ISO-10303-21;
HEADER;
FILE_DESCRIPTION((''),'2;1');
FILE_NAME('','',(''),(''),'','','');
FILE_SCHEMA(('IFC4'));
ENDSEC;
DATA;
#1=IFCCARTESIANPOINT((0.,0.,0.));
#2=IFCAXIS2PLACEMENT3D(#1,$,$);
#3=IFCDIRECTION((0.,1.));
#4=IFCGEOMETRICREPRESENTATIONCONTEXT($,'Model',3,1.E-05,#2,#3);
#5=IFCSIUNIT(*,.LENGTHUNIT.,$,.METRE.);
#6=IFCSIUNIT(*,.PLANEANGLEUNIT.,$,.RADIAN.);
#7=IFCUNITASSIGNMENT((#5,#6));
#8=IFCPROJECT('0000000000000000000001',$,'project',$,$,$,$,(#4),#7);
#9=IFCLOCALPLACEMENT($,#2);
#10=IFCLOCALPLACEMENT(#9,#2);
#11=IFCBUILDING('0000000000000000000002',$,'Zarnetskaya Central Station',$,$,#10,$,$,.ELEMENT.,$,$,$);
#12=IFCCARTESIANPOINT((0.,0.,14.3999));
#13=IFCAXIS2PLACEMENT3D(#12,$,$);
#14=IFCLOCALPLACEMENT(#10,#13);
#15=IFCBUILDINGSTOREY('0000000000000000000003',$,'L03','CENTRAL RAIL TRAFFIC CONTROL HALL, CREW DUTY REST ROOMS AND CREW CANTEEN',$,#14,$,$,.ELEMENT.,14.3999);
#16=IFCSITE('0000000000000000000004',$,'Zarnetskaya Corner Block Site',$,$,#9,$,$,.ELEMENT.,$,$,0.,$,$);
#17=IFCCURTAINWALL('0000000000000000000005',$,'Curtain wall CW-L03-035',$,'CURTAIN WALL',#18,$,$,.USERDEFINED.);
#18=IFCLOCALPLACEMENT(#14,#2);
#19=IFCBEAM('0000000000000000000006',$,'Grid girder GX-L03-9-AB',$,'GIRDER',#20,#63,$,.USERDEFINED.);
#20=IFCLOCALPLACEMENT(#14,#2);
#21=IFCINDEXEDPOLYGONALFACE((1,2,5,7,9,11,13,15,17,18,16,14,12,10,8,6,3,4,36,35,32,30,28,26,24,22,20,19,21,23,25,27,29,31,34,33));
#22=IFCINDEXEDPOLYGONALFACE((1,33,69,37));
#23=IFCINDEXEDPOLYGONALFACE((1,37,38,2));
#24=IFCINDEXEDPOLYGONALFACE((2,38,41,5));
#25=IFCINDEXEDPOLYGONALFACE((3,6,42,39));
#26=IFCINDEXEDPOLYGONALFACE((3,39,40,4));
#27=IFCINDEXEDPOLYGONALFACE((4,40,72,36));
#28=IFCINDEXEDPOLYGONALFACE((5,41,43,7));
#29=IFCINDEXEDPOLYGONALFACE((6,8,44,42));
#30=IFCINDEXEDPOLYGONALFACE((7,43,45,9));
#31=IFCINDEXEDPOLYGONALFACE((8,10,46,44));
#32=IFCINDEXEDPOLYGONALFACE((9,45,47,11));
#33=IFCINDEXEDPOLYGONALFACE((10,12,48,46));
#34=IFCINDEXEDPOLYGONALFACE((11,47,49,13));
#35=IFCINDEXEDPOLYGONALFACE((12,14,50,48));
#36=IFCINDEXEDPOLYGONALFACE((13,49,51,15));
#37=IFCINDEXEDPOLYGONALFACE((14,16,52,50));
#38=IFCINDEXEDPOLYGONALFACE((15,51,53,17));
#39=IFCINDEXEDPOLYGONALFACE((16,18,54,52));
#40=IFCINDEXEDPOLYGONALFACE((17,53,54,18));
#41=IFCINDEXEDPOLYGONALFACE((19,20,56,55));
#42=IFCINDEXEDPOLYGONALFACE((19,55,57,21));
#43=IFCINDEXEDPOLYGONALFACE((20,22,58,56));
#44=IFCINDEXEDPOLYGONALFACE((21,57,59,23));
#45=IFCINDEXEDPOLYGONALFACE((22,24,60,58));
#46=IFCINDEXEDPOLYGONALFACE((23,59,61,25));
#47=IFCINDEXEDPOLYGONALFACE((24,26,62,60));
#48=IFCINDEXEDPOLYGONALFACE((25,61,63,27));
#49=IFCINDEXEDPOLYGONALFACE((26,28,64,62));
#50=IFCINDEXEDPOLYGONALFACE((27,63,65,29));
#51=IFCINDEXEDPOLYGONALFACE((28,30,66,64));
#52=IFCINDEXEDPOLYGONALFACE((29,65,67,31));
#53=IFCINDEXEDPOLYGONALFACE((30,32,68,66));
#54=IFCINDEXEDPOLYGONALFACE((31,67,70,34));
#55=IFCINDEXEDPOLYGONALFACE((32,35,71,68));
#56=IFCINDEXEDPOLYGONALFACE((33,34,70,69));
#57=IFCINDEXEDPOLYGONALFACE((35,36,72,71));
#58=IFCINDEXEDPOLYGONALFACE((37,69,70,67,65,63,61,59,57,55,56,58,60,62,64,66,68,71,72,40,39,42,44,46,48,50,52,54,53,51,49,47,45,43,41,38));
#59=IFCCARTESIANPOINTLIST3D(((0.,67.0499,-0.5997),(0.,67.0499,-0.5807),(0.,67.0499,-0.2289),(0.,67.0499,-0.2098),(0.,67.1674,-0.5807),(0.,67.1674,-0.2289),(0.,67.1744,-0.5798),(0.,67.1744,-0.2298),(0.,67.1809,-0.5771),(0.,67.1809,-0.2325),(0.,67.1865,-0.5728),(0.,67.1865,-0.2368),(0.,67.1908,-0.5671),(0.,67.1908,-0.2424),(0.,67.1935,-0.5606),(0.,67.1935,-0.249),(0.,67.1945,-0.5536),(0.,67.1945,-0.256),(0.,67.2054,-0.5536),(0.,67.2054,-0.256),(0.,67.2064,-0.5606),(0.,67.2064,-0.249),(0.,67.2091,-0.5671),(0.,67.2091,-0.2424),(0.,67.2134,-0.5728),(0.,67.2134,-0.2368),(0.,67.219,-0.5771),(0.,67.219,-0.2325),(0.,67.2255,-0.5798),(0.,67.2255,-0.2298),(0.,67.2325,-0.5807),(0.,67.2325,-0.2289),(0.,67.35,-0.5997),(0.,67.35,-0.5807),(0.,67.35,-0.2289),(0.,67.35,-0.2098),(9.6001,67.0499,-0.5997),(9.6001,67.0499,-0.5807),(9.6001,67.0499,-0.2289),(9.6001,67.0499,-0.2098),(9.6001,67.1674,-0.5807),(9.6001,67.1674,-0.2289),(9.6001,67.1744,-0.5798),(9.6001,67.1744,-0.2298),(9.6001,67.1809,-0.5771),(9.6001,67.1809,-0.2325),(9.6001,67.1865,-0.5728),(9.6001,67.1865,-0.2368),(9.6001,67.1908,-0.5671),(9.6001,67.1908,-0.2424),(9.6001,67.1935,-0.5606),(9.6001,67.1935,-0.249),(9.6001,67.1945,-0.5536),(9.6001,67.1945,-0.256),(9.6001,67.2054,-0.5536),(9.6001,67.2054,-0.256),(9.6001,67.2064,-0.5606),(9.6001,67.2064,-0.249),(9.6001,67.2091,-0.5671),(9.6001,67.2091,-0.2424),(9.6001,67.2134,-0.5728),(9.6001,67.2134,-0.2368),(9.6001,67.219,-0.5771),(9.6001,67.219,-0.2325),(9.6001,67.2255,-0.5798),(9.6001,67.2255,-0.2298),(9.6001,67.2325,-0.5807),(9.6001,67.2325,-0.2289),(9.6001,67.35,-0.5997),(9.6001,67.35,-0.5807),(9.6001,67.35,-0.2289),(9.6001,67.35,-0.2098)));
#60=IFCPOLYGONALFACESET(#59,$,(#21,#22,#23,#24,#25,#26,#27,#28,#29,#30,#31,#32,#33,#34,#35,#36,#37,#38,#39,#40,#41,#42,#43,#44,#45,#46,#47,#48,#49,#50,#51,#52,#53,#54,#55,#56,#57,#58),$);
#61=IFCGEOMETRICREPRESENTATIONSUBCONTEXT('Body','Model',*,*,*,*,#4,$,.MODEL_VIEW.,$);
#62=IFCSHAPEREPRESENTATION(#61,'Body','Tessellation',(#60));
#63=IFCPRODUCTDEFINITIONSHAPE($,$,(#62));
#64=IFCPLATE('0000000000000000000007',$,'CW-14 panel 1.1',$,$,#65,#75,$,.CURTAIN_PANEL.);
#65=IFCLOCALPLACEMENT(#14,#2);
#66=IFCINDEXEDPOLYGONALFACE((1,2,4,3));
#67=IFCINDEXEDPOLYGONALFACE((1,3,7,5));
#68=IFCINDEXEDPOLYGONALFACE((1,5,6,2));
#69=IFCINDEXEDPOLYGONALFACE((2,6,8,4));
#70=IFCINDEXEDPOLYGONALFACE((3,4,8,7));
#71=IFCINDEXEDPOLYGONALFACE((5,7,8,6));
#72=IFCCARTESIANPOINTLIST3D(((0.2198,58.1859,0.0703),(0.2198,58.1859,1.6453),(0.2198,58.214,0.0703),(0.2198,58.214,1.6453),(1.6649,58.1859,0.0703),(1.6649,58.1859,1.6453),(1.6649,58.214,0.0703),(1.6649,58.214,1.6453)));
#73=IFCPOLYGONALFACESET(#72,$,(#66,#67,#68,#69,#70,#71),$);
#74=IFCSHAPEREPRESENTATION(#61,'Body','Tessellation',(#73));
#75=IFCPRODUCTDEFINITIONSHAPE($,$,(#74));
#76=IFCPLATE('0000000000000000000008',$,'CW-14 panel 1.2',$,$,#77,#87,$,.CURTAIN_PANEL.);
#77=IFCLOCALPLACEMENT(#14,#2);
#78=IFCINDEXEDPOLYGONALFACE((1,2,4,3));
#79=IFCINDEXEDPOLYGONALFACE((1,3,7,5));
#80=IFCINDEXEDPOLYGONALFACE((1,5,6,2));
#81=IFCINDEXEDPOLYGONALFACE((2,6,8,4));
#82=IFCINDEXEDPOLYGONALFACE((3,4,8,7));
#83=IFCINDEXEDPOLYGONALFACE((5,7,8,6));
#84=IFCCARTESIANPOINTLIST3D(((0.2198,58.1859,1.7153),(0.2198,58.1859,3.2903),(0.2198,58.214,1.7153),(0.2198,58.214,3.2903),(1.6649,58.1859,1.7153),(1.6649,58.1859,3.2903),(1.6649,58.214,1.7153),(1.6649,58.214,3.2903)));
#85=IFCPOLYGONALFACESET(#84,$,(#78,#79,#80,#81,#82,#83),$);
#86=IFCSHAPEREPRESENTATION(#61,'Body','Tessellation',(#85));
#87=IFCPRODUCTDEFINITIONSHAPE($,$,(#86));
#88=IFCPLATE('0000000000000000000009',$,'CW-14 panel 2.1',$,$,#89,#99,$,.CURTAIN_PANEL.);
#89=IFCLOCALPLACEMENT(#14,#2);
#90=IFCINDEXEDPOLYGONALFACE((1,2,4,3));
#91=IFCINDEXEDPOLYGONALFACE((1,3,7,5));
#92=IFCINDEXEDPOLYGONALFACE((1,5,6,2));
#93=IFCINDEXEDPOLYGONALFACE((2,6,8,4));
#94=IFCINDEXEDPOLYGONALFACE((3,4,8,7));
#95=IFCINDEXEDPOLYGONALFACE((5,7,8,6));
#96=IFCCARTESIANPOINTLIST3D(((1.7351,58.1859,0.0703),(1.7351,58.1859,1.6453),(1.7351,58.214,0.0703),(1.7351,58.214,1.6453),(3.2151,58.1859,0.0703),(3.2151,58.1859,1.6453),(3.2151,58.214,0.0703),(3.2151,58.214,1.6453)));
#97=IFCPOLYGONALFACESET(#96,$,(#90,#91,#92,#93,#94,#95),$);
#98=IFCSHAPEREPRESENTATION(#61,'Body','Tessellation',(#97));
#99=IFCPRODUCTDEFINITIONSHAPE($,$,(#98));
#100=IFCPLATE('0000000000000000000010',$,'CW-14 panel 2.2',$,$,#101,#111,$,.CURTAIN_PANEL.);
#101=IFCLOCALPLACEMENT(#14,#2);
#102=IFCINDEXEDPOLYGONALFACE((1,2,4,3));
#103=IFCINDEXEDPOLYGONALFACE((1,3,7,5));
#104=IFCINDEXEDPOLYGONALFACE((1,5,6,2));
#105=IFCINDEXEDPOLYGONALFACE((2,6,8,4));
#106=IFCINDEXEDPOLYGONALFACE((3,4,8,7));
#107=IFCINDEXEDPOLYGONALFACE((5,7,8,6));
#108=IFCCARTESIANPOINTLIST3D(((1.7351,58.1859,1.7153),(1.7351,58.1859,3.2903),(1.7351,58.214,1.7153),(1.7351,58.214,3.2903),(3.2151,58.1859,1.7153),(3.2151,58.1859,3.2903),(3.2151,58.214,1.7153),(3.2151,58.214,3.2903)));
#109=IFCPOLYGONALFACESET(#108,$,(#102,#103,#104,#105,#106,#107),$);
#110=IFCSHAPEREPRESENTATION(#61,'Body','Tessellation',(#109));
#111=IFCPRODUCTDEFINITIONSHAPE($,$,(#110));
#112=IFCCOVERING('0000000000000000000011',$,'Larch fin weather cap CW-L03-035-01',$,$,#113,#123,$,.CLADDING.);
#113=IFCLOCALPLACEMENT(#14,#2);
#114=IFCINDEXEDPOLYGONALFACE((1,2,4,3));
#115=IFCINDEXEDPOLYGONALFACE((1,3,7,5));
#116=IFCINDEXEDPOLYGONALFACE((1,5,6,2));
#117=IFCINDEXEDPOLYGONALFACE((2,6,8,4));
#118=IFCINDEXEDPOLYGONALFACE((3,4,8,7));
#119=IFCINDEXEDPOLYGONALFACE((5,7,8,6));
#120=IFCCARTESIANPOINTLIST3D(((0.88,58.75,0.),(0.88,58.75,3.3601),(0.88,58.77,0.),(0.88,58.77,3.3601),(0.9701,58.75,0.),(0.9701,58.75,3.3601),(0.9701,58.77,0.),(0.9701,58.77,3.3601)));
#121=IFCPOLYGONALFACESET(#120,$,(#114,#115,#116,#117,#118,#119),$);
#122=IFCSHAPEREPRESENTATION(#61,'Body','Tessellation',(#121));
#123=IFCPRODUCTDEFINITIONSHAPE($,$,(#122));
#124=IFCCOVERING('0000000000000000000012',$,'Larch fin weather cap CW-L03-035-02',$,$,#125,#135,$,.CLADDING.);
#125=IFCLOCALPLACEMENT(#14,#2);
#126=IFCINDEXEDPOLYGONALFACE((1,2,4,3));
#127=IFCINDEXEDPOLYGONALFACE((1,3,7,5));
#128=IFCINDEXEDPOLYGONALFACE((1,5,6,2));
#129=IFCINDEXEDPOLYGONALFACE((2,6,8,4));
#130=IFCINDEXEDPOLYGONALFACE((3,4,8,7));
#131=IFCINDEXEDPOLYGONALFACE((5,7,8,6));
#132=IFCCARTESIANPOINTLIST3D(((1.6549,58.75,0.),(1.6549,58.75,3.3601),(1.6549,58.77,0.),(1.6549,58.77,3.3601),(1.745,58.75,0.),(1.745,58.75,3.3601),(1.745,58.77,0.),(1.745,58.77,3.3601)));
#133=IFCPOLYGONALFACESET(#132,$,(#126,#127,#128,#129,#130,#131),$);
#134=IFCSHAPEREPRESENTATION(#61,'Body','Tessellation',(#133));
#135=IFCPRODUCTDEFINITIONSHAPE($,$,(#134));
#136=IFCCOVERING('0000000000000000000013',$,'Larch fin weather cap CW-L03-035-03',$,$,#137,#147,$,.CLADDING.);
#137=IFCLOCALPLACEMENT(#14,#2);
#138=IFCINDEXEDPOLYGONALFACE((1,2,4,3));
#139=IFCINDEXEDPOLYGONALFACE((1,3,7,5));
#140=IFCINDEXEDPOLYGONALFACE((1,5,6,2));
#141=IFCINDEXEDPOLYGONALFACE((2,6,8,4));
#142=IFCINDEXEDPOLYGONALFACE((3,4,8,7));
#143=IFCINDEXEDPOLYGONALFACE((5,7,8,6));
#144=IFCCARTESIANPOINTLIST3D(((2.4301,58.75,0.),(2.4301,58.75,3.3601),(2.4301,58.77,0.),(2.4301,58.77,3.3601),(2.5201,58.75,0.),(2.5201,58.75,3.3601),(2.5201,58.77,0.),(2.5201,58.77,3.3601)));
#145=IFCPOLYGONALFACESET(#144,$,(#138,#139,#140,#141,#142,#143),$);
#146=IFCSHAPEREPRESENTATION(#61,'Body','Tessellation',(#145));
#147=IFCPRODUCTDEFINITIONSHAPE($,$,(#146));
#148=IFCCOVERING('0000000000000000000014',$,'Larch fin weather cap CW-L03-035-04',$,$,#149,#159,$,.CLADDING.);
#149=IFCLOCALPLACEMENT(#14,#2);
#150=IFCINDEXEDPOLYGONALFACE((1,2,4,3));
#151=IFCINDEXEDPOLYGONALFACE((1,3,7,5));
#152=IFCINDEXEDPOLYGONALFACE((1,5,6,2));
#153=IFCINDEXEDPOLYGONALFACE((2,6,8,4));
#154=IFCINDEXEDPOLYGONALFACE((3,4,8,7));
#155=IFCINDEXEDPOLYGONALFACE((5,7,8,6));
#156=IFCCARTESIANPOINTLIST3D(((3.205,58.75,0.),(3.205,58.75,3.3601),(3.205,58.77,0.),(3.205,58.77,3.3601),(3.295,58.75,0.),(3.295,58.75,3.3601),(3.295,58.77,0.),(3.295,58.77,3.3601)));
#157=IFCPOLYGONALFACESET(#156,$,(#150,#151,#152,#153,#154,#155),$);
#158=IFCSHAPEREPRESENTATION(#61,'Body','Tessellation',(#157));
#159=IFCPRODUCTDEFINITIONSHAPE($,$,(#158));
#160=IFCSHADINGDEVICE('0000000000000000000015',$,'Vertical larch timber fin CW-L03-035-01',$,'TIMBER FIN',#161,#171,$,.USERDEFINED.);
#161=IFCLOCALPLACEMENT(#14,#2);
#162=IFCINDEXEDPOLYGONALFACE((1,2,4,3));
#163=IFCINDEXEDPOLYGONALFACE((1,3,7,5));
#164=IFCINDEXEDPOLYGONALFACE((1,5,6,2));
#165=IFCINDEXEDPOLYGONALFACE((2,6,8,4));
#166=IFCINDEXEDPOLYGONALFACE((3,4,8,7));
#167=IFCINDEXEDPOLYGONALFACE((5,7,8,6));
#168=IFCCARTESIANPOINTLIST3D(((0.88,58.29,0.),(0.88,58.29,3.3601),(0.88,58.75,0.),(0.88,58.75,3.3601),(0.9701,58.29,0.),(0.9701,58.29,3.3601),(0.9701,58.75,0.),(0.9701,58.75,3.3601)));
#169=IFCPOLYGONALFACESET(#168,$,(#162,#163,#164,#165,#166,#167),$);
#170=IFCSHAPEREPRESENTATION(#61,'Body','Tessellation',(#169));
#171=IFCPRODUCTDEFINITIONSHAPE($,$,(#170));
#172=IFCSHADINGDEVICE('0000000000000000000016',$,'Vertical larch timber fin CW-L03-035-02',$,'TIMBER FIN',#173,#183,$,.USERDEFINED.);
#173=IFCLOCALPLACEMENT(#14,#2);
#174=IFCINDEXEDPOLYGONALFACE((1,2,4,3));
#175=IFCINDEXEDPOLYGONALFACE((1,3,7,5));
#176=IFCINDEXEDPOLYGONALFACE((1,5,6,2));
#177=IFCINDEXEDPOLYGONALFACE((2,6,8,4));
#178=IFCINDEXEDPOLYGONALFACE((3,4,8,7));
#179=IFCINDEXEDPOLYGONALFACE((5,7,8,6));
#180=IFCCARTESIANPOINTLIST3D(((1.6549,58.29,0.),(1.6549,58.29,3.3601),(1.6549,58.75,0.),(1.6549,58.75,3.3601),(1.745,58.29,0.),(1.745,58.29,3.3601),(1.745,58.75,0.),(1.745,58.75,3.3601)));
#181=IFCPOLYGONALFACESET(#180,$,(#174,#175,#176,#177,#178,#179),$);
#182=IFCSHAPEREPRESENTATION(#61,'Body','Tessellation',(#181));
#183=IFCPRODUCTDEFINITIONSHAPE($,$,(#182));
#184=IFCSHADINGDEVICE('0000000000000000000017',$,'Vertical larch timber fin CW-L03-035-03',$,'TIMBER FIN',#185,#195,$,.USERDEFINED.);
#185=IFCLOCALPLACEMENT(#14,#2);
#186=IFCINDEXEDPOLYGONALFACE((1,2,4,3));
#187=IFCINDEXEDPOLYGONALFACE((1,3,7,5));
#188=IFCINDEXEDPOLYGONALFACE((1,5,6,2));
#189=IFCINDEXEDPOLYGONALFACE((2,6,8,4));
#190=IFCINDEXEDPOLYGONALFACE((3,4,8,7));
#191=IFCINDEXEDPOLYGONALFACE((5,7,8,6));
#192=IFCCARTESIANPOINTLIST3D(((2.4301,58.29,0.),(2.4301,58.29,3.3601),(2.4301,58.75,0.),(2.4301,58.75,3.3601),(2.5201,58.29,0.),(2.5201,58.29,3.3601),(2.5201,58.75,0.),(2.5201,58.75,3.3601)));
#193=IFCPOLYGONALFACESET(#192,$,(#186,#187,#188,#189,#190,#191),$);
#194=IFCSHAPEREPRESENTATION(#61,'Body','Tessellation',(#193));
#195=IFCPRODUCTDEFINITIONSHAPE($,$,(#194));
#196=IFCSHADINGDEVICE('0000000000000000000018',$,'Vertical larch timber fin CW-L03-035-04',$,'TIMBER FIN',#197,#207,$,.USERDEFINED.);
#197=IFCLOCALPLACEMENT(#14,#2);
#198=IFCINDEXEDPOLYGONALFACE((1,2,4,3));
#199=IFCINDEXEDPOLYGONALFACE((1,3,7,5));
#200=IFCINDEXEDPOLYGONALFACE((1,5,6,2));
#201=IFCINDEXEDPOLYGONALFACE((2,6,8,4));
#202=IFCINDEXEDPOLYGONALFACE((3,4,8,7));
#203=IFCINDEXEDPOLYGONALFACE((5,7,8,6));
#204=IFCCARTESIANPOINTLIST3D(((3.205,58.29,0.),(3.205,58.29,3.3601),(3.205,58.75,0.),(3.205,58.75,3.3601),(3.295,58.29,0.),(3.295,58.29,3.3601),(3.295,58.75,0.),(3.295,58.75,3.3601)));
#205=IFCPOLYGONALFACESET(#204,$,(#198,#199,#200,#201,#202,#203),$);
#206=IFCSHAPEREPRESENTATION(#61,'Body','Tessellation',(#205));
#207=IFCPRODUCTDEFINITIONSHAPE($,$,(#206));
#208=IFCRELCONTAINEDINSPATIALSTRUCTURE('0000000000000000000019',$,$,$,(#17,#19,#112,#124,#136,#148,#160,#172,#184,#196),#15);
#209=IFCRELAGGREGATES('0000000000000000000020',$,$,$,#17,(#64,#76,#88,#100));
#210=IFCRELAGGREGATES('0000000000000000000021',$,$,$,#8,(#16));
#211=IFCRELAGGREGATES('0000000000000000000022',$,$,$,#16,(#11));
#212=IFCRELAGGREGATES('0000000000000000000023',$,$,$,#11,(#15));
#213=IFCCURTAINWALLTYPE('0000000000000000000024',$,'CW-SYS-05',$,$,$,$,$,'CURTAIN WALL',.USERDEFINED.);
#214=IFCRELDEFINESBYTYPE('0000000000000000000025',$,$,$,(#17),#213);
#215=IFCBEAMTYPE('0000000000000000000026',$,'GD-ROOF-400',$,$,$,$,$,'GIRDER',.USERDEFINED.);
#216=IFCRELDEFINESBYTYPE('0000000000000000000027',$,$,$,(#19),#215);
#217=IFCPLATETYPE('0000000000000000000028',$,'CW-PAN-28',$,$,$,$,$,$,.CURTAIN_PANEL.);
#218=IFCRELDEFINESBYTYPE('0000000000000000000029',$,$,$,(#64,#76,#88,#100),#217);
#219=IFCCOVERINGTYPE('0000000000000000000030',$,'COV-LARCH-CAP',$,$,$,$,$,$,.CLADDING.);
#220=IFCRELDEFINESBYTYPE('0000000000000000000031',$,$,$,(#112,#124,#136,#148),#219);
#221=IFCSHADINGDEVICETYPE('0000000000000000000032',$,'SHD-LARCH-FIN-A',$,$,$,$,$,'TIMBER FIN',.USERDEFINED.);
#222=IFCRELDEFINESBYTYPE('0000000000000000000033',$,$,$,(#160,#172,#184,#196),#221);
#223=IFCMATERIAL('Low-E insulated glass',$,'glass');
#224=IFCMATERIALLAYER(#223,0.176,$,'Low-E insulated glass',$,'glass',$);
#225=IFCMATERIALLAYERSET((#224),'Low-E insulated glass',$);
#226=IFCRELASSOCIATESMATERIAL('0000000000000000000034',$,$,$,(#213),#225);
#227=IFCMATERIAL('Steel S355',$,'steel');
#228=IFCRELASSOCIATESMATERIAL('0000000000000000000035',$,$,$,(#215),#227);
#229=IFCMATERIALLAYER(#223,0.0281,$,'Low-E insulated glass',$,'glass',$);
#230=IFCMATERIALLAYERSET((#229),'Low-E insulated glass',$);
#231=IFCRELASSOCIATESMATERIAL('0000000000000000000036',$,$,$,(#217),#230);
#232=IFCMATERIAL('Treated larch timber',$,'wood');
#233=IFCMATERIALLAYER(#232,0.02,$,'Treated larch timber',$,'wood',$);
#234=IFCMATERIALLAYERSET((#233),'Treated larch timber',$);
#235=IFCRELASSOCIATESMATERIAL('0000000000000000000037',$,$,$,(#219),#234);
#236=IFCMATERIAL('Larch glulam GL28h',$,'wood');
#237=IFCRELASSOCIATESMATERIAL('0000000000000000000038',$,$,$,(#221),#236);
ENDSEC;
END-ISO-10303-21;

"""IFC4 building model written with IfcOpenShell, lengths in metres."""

from ifc_helpers import new_model, si_unit, direction, frame, origin, origin_2d, place, context, subcontext, project, spatial, rectangle, i_section, extrude, material, layer, layer_set, material_profile, profile_set, type_object, element, aggregate, save


model = new_model("IFC4")

# Units and contexts
model_context = context("Model", 3, precision=1e-05, world=origin(), true_north=direction((0.0, 1.0)))
body_context = subcontext(model_context, "Body", "Model", "MODEL_VIEW")
ifc_project = project(units=[si_unit("LENGTHUNIT", "METRE"), si_unit("PLANEANGLEUNIT", "RADIAN")], contexts=[model_context])

# Site, building, storey
site_placement = place(None, origin())
site = spatial("IfcSite", under=ifc_project, at=site_placement, Name="Zarnetskaya Corner Block Site", CompositionType="ELEMENT", RefElevation=0.0)
building_placement = place(site_placement, origin())
building = spatial("IfcBuilding", under=site, at=building_placement, Name="Zarnetskaya Central Station", CompositionType="ELEMENT")
storey_placement = place(building_placement, frame((0.0, 0.0, 14.3999)))
storey = spatial("IfcBuildingStorey", under=building, at=storey_placement, Name="L03", Description="CENTRAL RAIL TRAFFIC CONTROL HALL, CREW DUTY REST ROOMS AND CREW CANTEEN", CompositionType="ELEMENT", Elevation=14.3999)

# Shared definitions
ifc_material_1 = material(Name="Steel S355", Category="steel")

# Curtain wall
ifc_material_2 = material(Name="Low-E insulated glass", Category="glass")
ifc_layer_1 = layer(ifc_material_2, 0.176, Name="Low-E insulated glass", Category="glass")
ifc_layer_set_1 = layer_set([ifc_layer_1], Name="Low-E insulated glass")
curtain_wall_type = type_object("IfcCurtainWallType", Name="CW-SYS-05", ElementType="CURTAIN WALL", PredefinedType="USERDEFINED", material=ifc_layer_set_1)
curtain_wall_placement = place(storey_placement, origin())
curtain_wall = element("IfcCurtainWall", 1, at=curtain_wall_placement, inside=storey, type_object=curtain_wall_type, Name="Curtain wall CW-L03-035", ObjectType="CURTAIN WALL", PredefinedType="USERDEFINED")

# Beam
ifc_material_profile_1 = material_profile(ifc_material_1, i_section(OverallWidth=0.3, OverallDepth=0.3899, WebThickness=0.011, FlangeThickness=0.019, FilletRadius=0.0271, at=origin_2d()), Name="HEA 400")
ifc_profile_set_1 = profile_set([ifc_material_profile_1], Name="Steel S355")
beam_type_1 = type_object("IfcBeamType", Name="GD-ROOF-400", ElementType="GIRDER", PredefinedType="USERDEFINED", material=ifc_profile_set_1)
beam_placement = place(storey_placement, frame((0.0, 67.2, -0.4048), z_axis=(1.0, 0.0, 0.0), x_axis=(0.0, 1.0, 0.0)))
element("IfcBeam", 2, at=beam_placement, inside=storey, type_object=beam_type_1, Name="Grid girder GX-L03-9-AB", ObjectType="GIRDER", PredefinedType="USERDEFINED", context=body_context, shape_type="SweptSolid", body=[
    extrude(i_section(OverallWidth=0.3, OverallDepth=0.3899, WebThickness=0.011, FlangeThickness=0.019, FilletRadius=0.0271, at=origin_2d()), origin(), (0.0, 0.0, 1.0), 9.6001),
])

# Plates
ifc_layer_2 = layer(ifc_material_2, 0.0281, Name="Low-E insulated glass", Category="glass")
ifc_layer_set_2 = layer_set([ifc_layer_2], Name="Low-E insulated glass")
plate_type = type_object("IfcPlateType", Name="CW-PAN-28", PredefinedType="CURTAIN_PANEL", material=ifc_layer_set_2)
plate_1_placement = place(storey_placement, frame((0.9424, 58.2, 0.0703), z_axis=(0.0, 0.0, 1.0), x_axis=(1.0, 0.0, 0.0)))
plate_1 = element("IfcPlate", 3, at=plate_1_placement, type_object=plate_type, Name="CW-14 panel 1.1", PredefinedType="CURTAIN_PANEL", context=body_context, shape_type="SweptSolid", body=[
    extrude(rectangle(XDim=1.4451, YDim=0.0281, at=origin_2d()), origin(), (0.0, 0.0, 1.0), 1.575),
])
plate_2_placement = place(storey_placement, frame((0.9424, 58.2, 1.7153), z_axis=(0.0, 0.0, 1.0), x_axis=(1.0, 0.0, 0.0)))
plate_2 = element("IfcPlate", 4, at=plate_2_placement, type_object=plate_type, Name="CW-14 panel 1.2", PredefinedType="CURTAIN_PANEL", context=body_context, shape_type="SweptSolid", body=[
    extrude(rectangle(XDim=1.4451, YDim=0.0281, at=origin_2d()), origin(), (0.0, 0.0, 1.0), 1.575),
])
plate_3_placement = place(storey_placement, frame((2.4751, 58.2, 0.0703), z_axis=(0.0, 0.0, 1.0), x_axis=(1.0, 0.0, 0.0)))
plate_3 = element("IfcPlate", 5, at=plate_3_placement, type_object=plate_type, Name="CW-14 panel 2.1", PredefinedType="CURTAIN_PANEL", context=body_context, shape_type="SweptSolid", body=[
    extrude(rectangle(XDim=1.48, YDim=0.0281, at=origin_2d()), origin(), (0.0, 0.0, 1.0), 1.575),
])
plate_4_placement = place(storey_placement, frame((2.4751, 58.2, 1.7153), z_axis=(0.0, 0.0, 1.0), x_axis=(1.0, 0.0, 0.0)))
plate_4 = element("IfcPlate", 6, at=plate_4_placement, type_object=plate_type, Name="CW-14 panel 2.2", PredefinedType="CURTAIN_PANEL", context=body_context, shape_type="SweptSolid", body=[
    extrude(rectangle(XDim=1.48, YDim=0.0281, at=origin_2d()), origin(), (0.0, 0.0, 1.0), 1.575),
])
aggregate(curtain_wall, [plate_1, plate_2, plate_3, plate_4])

# Coverings
ifc_material_3 = material(Name="Treated larch timber", Category="wood")
ifc_layer_3 = layer(ifc_material_3, 0.02, Name="Treated larch timber", Category="wood")
ifc_layer_set_3 = layer_set([ifc_layer_3], Name="Treated larch timber")
covering_type = type_object("IfcCoveringType", Name="COV-LARCH-CAP", PredefinedType="CLADDING", material=ifc_layer_set_3)
for number, where, z_axis, x_axis, name in (
    (7, (0.925, 58.76, 0.0), (0.0, 0.0, 1.0), (1.0, 0.0, 0.0), "Larch fin weather cap CW-L03-035-01"),
    (8, (1.7, 58.76, 0.0), (0.0, 0.0, 1.0), (1.0, 0.0, 0.0), "Larch fin weather cap CW-L03-035-02"),
    (9, (2.4751, 58.76, 0.0), (0.0, 0.0, 1.0), (1.0, 0.0, 0.0), "Larch fin weather cap CW-L03-035-03"),
    (10, (3.25, 58.76, 0.0), (0.0, 0.0, 1.0), (1.0, 0.0, 0.0), "Larch fin weather cap CW-L03-035-04"),
):
    element("IfcCovering", number, at=place(storey_placement, frame(where, z_axis=z_axis, x_axis=x_axis)), inside=storey, type_object=covering_type, Name=name, PredefinedType="CLADDING", context=body_context, shape_type="SweptSolid", body=[
        extrude(rectangle(XDim=0.0901, YDim=0.02, at=origin_2d()), origin(), (0.0, 0.0, 1.0), 3.3601),
    ])

# Shading devices
ifc_material_4 = material(Name="Larch glulam GL28h", Category="wood")
shading_device_type = type_object("IfcShadingDeviceType", Name="SHD-LARCH-FIN-A", ElementType="TIMBER FIN", PredefinedType="USERDEFINED", material=ifc_material_4)
for number, where, z_axis, x_axis, name in (
    (11, (0.925, 58.52, 0.0), (0.0, 0.0, 1.0), (1.0, 0.0, 0.0), "Vertical larch timber fin CW-L03-035-01"),
    (12, (1.7, 58.52, 0.0), (0.0, 0.0, 1.0), (1.0, 0.0, 0.0), "Vertical larch timber fin CW-L03-035-02"),
    (13, (2.4751, 58.52, 0.0), (0.0, 0.0, 1.0), (1.0, 0.0, 0.0), "Vertical larch timber fin CW-L03-035-03"),
    (14, (3.25, 58.52, 0.0), (0.0, 0.0, 1.0), (1.0, 0.0, 0.0), "Vertical larch timber fin CW-L03-035-04"),
):
    element("IfcShadingDevice", number, at=place(storey_placement, frame(where, z_axis=z_axis, x_axis=x_axis)), inside=storey, type_object=shading_device_type, Name=name, ObjectType="TIMBER FIN", PredefinedType="USERDEFINED", context=body_context, shape_type="SweptSolid", body=[
        extrude(rectangle(XDim=0.0901, YDim=0.46, at=origin_2d()), origin(), (0.0, 0.0, 1.0), 3.3601),
    ])

save(model, "model.ifc")
